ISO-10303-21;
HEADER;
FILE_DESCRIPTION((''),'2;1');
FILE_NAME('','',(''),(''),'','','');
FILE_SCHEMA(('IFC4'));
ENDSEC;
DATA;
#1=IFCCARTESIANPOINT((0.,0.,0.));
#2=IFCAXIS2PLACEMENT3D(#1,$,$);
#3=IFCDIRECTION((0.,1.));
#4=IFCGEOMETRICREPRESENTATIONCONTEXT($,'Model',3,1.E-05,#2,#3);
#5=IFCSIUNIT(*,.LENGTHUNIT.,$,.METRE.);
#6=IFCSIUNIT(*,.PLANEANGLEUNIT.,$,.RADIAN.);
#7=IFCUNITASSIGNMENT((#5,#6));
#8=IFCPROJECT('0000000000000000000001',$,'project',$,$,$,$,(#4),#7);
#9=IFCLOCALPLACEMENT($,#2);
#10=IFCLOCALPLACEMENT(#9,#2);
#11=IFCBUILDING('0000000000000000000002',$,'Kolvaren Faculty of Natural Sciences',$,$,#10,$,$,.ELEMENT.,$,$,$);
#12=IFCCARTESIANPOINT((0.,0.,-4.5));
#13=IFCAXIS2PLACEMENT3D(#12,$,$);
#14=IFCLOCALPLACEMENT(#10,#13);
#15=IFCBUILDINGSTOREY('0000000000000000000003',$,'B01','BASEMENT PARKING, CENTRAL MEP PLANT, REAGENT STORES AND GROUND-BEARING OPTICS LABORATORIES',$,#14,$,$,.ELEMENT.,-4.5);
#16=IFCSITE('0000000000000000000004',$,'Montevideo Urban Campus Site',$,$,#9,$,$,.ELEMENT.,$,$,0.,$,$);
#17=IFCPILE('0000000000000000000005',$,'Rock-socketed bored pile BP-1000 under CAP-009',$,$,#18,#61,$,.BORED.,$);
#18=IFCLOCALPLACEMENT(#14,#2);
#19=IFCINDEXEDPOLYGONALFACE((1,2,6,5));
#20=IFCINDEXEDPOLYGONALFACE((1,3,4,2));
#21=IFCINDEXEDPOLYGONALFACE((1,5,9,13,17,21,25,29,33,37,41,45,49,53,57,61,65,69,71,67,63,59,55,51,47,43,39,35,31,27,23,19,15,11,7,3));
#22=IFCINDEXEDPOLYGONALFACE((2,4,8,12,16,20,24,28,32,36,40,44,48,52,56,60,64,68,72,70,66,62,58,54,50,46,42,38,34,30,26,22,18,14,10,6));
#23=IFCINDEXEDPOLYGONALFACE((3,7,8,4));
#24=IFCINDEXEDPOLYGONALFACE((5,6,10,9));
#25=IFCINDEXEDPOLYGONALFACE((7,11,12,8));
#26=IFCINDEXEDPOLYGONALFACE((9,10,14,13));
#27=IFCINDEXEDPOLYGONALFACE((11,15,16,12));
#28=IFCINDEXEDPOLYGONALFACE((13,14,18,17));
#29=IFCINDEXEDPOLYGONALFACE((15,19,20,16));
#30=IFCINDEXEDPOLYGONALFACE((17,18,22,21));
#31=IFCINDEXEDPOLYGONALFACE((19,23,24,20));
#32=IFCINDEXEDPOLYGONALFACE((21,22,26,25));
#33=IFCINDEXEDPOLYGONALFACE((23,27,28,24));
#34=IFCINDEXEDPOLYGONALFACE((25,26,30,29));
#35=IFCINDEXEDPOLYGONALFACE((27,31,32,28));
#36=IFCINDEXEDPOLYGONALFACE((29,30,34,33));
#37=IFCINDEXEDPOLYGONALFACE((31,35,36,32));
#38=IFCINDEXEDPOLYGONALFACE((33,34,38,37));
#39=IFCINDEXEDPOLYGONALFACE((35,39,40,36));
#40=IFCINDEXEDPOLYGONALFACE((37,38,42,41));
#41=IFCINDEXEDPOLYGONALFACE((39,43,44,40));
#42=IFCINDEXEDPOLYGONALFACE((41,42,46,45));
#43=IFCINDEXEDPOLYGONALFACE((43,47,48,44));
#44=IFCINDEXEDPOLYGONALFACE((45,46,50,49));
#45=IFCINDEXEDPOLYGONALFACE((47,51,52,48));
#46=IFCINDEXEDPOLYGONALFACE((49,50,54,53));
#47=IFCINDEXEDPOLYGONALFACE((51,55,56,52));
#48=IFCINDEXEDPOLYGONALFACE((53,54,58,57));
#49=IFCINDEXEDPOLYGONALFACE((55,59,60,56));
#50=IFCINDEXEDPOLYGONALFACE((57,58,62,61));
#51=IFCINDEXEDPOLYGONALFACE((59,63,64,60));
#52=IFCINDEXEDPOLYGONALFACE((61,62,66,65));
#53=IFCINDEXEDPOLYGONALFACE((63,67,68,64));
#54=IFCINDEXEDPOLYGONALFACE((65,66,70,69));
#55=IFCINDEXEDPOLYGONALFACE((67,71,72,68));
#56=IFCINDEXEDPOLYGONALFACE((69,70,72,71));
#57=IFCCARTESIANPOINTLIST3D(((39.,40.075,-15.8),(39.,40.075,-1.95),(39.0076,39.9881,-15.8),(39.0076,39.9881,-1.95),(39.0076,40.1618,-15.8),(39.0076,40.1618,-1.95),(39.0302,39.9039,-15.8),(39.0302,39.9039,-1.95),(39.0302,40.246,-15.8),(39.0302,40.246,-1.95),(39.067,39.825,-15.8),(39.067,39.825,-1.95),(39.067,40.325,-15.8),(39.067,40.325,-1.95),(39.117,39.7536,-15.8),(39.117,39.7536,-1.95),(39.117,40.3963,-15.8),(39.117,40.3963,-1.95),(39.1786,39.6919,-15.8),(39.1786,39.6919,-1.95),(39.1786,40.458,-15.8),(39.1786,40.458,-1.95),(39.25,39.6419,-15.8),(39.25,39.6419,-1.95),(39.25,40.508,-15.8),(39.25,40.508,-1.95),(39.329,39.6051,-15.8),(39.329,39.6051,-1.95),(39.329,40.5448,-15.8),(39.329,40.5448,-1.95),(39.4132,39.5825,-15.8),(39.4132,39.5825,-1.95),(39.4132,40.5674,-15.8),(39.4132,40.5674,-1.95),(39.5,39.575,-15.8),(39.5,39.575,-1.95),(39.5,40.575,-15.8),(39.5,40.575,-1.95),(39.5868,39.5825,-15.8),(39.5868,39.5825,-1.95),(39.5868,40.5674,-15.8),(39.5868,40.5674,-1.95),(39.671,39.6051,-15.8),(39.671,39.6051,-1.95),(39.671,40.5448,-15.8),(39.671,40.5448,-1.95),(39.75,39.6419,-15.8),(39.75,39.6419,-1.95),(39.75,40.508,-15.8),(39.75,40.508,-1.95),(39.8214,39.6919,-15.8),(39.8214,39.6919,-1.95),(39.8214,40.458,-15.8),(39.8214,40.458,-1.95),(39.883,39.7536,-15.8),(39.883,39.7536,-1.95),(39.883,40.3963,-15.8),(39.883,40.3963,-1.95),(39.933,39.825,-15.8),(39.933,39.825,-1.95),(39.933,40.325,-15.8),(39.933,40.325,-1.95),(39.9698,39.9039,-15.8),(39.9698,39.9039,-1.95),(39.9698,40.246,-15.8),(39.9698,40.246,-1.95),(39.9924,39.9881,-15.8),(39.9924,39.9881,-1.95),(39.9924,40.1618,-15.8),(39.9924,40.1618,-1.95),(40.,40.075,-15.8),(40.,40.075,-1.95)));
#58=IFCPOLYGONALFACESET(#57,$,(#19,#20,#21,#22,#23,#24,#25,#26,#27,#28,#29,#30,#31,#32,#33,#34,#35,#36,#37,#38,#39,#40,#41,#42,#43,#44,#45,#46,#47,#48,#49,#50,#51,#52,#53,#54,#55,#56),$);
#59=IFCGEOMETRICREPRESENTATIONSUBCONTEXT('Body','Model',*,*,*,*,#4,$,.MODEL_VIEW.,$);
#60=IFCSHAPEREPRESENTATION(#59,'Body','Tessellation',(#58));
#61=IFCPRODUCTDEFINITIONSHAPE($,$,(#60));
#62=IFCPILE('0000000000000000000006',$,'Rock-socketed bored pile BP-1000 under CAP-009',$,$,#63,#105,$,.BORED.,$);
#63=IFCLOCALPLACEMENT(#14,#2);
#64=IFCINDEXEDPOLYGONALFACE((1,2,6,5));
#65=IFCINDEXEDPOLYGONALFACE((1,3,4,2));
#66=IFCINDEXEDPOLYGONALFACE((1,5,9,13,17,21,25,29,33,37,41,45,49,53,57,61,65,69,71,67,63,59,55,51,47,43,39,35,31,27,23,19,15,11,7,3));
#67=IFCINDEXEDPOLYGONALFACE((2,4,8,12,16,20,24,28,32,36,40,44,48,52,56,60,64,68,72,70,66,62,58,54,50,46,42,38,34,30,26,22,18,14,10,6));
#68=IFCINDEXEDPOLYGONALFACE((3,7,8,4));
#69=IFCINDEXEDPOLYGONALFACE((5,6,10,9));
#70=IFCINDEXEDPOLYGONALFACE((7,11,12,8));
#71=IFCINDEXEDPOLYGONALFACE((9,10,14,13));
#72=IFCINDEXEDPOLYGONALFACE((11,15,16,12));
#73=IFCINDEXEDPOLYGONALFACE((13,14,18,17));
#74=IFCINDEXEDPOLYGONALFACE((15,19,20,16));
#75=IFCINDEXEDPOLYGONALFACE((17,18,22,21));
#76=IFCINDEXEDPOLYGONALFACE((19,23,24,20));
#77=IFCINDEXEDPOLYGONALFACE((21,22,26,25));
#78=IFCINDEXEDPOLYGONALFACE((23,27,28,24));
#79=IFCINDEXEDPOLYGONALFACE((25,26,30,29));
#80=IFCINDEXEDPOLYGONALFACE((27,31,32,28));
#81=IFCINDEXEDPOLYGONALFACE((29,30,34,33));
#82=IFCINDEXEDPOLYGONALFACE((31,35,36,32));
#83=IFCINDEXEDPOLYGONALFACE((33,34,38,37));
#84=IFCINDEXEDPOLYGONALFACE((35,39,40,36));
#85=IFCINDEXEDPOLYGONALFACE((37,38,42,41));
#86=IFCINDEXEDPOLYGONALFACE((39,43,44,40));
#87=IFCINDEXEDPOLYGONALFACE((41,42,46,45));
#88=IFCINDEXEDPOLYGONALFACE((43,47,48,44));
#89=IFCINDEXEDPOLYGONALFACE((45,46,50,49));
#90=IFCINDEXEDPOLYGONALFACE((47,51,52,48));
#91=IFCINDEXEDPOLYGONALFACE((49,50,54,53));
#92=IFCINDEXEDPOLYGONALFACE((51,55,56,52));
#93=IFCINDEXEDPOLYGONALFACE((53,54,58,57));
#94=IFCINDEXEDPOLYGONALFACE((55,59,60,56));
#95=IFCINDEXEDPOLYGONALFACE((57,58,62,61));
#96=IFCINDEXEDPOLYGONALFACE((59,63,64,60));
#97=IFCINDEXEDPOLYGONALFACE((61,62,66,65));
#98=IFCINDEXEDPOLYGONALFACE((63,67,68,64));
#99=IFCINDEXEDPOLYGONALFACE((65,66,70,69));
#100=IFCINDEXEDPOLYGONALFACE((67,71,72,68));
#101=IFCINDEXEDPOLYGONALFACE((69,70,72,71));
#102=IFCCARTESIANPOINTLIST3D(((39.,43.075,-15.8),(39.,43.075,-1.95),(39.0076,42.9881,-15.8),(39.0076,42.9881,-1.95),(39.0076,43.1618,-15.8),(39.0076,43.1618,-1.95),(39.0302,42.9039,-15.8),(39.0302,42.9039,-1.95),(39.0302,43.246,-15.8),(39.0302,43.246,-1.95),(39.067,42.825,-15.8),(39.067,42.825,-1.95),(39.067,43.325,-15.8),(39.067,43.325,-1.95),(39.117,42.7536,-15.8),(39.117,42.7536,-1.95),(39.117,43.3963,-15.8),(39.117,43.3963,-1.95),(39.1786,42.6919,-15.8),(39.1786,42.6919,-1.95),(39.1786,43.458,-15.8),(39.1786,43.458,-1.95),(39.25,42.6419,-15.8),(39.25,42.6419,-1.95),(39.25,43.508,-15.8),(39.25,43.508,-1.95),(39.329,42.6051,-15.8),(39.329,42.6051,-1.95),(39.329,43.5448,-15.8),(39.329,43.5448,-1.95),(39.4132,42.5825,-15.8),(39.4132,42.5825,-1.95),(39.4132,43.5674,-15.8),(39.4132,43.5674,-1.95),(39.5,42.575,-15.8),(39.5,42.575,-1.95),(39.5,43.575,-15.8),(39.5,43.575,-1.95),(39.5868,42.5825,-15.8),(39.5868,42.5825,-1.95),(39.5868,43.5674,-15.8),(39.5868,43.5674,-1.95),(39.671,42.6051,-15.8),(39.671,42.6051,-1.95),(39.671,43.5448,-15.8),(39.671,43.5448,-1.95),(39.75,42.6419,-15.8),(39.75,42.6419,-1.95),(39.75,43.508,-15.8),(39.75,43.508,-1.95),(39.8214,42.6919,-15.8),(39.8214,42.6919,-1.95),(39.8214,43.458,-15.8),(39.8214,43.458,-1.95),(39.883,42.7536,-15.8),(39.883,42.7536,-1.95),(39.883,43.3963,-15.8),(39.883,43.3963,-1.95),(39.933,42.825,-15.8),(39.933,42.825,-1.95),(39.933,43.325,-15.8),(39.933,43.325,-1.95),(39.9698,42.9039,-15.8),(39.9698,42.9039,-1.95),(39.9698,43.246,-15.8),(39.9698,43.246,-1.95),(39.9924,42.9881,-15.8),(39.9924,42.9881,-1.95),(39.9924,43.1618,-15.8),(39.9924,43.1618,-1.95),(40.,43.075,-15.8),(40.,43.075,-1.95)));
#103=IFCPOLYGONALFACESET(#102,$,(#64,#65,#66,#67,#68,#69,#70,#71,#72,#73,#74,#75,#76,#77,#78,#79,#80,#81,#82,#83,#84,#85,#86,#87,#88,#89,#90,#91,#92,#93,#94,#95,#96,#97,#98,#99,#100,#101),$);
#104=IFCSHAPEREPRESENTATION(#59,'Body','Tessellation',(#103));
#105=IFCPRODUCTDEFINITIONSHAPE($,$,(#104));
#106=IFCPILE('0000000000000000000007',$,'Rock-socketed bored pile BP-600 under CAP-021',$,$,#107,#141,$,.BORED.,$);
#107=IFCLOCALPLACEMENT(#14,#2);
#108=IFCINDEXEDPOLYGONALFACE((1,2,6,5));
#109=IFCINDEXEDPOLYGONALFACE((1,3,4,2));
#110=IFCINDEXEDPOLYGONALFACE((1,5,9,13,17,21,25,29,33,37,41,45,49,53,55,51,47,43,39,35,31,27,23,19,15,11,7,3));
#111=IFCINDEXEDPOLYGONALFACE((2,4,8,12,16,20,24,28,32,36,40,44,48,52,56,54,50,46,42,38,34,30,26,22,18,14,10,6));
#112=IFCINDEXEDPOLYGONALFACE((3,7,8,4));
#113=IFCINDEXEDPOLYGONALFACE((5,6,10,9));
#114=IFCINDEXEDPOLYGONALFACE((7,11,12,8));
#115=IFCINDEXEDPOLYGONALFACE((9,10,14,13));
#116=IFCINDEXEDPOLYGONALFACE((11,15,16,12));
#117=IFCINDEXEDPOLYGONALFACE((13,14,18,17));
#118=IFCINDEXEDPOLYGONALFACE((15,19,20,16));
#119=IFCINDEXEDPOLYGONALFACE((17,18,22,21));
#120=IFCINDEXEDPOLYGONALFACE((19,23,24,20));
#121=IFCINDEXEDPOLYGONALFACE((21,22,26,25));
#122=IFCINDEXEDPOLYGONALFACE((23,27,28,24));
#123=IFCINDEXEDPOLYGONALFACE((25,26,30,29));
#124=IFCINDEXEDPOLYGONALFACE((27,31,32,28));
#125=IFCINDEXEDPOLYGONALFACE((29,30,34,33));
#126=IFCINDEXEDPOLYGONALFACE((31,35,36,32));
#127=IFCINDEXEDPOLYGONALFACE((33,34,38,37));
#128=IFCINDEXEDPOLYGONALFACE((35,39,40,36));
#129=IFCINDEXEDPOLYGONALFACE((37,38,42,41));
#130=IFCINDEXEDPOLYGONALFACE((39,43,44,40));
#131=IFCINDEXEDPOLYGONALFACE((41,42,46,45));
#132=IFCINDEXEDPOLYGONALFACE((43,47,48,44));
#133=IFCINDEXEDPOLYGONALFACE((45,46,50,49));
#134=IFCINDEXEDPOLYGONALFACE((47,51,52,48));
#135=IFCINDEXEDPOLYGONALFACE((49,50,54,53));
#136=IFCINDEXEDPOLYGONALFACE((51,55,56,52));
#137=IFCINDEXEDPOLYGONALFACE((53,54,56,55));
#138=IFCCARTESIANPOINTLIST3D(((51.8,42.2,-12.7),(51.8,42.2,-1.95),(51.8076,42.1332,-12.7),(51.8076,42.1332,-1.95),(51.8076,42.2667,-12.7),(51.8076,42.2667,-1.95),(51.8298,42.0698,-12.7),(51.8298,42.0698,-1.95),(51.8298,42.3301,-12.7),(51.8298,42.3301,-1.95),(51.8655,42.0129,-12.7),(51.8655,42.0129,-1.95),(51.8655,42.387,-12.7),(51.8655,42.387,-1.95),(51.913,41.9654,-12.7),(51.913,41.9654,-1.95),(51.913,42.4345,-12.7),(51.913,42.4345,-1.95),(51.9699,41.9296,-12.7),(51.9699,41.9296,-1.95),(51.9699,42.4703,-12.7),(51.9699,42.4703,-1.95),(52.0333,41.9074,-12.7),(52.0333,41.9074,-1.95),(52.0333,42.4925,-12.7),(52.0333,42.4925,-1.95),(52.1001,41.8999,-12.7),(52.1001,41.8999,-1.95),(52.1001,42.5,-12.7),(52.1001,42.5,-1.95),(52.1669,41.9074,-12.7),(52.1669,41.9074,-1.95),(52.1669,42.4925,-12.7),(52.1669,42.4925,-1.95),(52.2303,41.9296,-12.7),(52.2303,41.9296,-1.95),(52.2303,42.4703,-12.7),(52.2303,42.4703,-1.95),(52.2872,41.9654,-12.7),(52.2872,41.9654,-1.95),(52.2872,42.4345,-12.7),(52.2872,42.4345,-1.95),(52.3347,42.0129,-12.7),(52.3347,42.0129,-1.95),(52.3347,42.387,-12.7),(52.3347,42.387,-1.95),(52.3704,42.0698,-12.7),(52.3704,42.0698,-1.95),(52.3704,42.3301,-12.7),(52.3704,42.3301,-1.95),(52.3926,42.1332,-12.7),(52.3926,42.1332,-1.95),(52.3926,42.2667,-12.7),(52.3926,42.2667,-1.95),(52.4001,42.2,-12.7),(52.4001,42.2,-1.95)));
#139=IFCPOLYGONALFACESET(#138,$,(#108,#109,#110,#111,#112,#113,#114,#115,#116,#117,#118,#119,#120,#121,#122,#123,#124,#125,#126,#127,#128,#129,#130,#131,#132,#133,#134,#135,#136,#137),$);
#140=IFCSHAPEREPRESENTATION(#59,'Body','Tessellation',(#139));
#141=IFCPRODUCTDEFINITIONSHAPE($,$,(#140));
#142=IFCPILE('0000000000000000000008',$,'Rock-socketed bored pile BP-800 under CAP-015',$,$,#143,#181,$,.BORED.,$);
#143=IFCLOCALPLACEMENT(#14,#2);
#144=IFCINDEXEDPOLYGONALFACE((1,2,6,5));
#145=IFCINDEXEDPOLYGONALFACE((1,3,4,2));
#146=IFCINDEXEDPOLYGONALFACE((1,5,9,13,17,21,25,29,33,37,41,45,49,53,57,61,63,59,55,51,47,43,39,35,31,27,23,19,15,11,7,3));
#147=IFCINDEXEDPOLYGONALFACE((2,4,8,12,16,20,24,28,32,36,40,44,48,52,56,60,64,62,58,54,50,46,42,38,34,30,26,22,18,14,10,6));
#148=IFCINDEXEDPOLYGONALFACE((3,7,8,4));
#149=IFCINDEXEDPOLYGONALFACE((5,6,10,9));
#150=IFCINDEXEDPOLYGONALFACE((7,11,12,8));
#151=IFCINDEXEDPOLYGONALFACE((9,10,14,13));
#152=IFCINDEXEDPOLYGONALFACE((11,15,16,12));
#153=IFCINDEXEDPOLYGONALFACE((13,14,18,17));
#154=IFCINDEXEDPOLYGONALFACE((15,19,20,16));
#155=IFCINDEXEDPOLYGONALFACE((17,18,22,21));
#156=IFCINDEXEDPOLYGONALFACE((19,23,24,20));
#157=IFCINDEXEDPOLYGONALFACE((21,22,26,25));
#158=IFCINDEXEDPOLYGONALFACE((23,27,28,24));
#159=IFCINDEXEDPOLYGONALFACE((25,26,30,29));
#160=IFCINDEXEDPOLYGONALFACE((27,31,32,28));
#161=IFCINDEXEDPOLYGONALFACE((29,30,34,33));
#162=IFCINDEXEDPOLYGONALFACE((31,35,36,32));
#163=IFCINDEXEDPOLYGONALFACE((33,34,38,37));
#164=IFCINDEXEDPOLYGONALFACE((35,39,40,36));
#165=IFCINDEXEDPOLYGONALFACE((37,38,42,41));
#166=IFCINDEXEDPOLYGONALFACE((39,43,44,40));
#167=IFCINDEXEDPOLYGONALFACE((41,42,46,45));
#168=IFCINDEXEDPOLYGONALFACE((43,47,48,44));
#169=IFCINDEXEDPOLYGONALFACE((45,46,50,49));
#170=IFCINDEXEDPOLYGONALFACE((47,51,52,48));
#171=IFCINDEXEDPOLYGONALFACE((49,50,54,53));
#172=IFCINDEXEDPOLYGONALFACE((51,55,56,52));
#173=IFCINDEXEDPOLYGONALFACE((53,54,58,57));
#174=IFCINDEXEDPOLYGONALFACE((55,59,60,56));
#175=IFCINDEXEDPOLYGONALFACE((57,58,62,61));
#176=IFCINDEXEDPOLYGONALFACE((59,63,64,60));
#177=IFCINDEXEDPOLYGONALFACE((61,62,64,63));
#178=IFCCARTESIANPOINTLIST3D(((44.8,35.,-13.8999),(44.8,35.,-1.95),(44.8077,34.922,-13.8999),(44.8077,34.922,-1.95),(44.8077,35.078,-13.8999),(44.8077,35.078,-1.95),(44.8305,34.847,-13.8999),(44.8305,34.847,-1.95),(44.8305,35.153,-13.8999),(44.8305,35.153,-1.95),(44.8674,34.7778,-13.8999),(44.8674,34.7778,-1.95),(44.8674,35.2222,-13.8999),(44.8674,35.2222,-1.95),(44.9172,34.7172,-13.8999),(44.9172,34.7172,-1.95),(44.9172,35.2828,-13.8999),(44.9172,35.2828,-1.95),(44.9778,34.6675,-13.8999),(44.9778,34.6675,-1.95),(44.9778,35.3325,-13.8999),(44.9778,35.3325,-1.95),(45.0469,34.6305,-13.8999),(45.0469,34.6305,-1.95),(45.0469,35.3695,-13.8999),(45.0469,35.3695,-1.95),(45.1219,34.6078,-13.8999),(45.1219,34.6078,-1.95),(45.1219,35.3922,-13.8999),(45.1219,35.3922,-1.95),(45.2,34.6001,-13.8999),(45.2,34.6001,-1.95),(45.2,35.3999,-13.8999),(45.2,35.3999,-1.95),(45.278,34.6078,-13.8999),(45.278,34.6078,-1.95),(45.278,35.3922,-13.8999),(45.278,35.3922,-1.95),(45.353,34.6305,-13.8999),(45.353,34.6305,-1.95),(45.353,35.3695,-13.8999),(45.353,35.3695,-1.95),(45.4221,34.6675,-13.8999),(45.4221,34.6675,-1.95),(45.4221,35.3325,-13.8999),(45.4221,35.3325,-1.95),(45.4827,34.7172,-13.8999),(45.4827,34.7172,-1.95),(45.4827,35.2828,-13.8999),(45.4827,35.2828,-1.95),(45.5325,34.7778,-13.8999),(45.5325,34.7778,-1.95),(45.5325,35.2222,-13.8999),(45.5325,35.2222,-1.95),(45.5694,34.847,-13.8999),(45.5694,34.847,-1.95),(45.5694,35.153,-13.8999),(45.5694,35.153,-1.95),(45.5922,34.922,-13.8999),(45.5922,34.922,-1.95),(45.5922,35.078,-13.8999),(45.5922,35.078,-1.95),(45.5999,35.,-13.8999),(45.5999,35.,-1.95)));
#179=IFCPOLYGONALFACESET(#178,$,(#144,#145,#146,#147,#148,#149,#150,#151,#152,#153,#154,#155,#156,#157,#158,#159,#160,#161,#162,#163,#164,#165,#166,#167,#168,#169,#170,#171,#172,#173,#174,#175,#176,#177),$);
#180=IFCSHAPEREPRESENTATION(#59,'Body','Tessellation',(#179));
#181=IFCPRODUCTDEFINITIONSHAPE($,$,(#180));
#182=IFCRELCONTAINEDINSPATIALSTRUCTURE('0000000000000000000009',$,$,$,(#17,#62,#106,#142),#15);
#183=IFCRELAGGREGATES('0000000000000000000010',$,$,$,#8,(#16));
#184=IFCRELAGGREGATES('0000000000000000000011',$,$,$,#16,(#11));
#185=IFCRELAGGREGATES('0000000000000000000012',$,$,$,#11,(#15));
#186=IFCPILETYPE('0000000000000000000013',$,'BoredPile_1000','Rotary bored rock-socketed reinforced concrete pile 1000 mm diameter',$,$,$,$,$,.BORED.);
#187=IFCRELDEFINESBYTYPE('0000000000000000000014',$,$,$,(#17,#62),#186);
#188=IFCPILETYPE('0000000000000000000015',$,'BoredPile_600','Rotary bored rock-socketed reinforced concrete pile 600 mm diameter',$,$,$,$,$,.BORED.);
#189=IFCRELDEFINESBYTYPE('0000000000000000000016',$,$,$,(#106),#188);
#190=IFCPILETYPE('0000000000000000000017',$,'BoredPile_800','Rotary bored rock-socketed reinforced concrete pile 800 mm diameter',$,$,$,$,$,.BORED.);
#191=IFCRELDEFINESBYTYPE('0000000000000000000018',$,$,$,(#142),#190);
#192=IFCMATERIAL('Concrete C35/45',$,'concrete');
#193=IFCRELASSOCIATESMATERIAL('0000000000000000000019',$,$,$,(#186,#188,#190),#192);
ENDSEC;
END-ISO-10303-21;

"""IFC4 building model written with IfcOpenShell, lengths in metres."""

from ifc_helpers import new_model, si_unit, direction, frame, origin, origin_2d, place, context, subcontext, project, spatial, circle, extrude, material, material_profile, profile_set, type_object, element, save


model = new_model("IFC4")

# Units and contexts
model_context = context("Model", 3, precision=1e-05, world=origin(), true_north=direction((0.0, 1.0)))
body_context = subcontext(model_context, "Body", "Model", "MODEL_VIEW")
ifc_project = project(units=[si_unit("LENGTHUNIT", "METRE"), si_unit("PLANEANGLEUNIT", "RADIAN")], contexts=[model_context])

# Site, building, storey
site_placement = place(None, origin())
site = spatial("IfcSite", under=ifc_project, at=site_placement, Name="Montevideo Urban Campus Site", CompositionType="ELEMENT", RefElevation=0.0)
building_placement = place(site_placement, origin())
building = spatial("IfcBuilding", under=site, at=building_placement, Name="Kolvaren Faculty of Natural Sciences", CompositionType="ELEMENT")
storey_placement = place(building_placement, frame((0.0, 0.0, -4.5)))
storey = spatial("IfcBuildingStorey", under=building, at=storey_placement, Name="B01", Description="BASEMENT PARKING, CENTRAL MEP PLANT, REAGENT STORES AND GROUND-BEARING OPTICS LABORATORIES", CompositionType="ELEMENT", Elevation=-4.5)

# Piles
ifc_material_1 = material(Name="Concrete C35/45", Category="concrete")
ifc_material_profile_1 = material_profile(ifc_material_1, circle(Radius=0.5, at=origin_2d()), Name="PILE D1000")
ifc_profile_set_1 = profile_set([ifc_material_profile_1], Name="Concrete C35/45")
pile_type_1 = type_object("IfcPileType", Name="BoredPile_1000", Description="Rotary bored rock-socketed reinforced concrete pile 1000 mm diameter", PredefinedType="BORED", material=ifc_profile_set_1)
for number, where, z_axis, x_axis, name in (
    (1, (39.5, 40.075, -1.95), (0.0, 0.0, -1.0), (1.0, 0.0, 0.0), "Rock-socketed bored pile BP-1000 under CAP-009"),
    (2, (39.5, 43.075, -1.95), (0.0, 0.0, -1.0), (1.0, 0.0, 0.0), "Rock-socketed bored pile BP-1000 under CAP-009"),
):
    element("IfcPile", number, at=place(storey_placement, frame(where, z_axis=z_axis, x_axis=x_axis)), inside=storey, type_object=pile_type_1, Name=name, PredefinedType="BORED", context=body_context, shape_type="SweptSolid", body=[
        extrude(circle(Radius=0.5, at=origin_2d()), origin(), (0.0, 0.0, 1.0), 13.8501),
    ])
ifc_material_profile_2 = material_profile(ifc_material_1, circle(Radius=0.3, at=origin_2d()), Name="PILE D600")
ifc_profile_set_2 = profile_set([ifc_material_profile_2], Name="Concrete C35/45")
pile_type_2 = type_object("IfcPileType", Name="BoredPile_600", Description="Rotary bored rock-socketed reinforced concrete pile 600 mm diameter", PredefinedType="BORED", material=ifc_profile_set_2)
pile_placement = place(storey_placement, frame((52.1001, 42.2, -1.95), z_axis=(0.0, 0.0, -1.0), x_axis=(1.0, 0.0, 0.0)))
element("IfcPile", 3, at=pile_placement, inside=storey, type_object=pile_type_2, Name="Rock-socketed bored pile BP-600 under CAP-021", PredefinedType="BORED", context=body_context, shape_type="SweptSolid", body=[
    extrude(circle(Radius=0.3, at=origin_2d()), origin(), (0.0, 0.0, 1.0), 10.75),
])
ifc_material_profile_3 = material_profile(ifc_material_1, circle(Radius=0.3999, at=origin_2d()), Name="PILE D800")
ifc_profile_set_3 = profile_set([ifc_material_profile_3], Name="Concrete C35/45")
pile_type_3 = type_object("IfcPileType", Name="BoredPile_800", Description="Rotary bored rock-socketed reinforced concrete pile 800 mm diameter", PredefinedType="BORED", material=ifc_profile_set_3)
for number, where, z_axis, x_axis, name in (
    (4, (45.2, 35.0, -1.95), (0.0, 0.0, -1.0), (1.0, 0.0, 0.0), "Rock-socketed bored pile BP-800 under CAP-015"),
):
    element("IfcPile", number, at=place(storey_placement, frame(where, z_axis=z_axis, x_axis=x_axis)), inside=storey, type_object=pile_type_3, Name=name, PredefinedType="BORED", context=body_context, shape_type="SweptSolid", body=[
        extrude(circle(Radius=0.3999, at=origin_2d()), origin(), (0.0, 0.0, 1.0), 11.95),
    ])

save(model, "model.ifc")
